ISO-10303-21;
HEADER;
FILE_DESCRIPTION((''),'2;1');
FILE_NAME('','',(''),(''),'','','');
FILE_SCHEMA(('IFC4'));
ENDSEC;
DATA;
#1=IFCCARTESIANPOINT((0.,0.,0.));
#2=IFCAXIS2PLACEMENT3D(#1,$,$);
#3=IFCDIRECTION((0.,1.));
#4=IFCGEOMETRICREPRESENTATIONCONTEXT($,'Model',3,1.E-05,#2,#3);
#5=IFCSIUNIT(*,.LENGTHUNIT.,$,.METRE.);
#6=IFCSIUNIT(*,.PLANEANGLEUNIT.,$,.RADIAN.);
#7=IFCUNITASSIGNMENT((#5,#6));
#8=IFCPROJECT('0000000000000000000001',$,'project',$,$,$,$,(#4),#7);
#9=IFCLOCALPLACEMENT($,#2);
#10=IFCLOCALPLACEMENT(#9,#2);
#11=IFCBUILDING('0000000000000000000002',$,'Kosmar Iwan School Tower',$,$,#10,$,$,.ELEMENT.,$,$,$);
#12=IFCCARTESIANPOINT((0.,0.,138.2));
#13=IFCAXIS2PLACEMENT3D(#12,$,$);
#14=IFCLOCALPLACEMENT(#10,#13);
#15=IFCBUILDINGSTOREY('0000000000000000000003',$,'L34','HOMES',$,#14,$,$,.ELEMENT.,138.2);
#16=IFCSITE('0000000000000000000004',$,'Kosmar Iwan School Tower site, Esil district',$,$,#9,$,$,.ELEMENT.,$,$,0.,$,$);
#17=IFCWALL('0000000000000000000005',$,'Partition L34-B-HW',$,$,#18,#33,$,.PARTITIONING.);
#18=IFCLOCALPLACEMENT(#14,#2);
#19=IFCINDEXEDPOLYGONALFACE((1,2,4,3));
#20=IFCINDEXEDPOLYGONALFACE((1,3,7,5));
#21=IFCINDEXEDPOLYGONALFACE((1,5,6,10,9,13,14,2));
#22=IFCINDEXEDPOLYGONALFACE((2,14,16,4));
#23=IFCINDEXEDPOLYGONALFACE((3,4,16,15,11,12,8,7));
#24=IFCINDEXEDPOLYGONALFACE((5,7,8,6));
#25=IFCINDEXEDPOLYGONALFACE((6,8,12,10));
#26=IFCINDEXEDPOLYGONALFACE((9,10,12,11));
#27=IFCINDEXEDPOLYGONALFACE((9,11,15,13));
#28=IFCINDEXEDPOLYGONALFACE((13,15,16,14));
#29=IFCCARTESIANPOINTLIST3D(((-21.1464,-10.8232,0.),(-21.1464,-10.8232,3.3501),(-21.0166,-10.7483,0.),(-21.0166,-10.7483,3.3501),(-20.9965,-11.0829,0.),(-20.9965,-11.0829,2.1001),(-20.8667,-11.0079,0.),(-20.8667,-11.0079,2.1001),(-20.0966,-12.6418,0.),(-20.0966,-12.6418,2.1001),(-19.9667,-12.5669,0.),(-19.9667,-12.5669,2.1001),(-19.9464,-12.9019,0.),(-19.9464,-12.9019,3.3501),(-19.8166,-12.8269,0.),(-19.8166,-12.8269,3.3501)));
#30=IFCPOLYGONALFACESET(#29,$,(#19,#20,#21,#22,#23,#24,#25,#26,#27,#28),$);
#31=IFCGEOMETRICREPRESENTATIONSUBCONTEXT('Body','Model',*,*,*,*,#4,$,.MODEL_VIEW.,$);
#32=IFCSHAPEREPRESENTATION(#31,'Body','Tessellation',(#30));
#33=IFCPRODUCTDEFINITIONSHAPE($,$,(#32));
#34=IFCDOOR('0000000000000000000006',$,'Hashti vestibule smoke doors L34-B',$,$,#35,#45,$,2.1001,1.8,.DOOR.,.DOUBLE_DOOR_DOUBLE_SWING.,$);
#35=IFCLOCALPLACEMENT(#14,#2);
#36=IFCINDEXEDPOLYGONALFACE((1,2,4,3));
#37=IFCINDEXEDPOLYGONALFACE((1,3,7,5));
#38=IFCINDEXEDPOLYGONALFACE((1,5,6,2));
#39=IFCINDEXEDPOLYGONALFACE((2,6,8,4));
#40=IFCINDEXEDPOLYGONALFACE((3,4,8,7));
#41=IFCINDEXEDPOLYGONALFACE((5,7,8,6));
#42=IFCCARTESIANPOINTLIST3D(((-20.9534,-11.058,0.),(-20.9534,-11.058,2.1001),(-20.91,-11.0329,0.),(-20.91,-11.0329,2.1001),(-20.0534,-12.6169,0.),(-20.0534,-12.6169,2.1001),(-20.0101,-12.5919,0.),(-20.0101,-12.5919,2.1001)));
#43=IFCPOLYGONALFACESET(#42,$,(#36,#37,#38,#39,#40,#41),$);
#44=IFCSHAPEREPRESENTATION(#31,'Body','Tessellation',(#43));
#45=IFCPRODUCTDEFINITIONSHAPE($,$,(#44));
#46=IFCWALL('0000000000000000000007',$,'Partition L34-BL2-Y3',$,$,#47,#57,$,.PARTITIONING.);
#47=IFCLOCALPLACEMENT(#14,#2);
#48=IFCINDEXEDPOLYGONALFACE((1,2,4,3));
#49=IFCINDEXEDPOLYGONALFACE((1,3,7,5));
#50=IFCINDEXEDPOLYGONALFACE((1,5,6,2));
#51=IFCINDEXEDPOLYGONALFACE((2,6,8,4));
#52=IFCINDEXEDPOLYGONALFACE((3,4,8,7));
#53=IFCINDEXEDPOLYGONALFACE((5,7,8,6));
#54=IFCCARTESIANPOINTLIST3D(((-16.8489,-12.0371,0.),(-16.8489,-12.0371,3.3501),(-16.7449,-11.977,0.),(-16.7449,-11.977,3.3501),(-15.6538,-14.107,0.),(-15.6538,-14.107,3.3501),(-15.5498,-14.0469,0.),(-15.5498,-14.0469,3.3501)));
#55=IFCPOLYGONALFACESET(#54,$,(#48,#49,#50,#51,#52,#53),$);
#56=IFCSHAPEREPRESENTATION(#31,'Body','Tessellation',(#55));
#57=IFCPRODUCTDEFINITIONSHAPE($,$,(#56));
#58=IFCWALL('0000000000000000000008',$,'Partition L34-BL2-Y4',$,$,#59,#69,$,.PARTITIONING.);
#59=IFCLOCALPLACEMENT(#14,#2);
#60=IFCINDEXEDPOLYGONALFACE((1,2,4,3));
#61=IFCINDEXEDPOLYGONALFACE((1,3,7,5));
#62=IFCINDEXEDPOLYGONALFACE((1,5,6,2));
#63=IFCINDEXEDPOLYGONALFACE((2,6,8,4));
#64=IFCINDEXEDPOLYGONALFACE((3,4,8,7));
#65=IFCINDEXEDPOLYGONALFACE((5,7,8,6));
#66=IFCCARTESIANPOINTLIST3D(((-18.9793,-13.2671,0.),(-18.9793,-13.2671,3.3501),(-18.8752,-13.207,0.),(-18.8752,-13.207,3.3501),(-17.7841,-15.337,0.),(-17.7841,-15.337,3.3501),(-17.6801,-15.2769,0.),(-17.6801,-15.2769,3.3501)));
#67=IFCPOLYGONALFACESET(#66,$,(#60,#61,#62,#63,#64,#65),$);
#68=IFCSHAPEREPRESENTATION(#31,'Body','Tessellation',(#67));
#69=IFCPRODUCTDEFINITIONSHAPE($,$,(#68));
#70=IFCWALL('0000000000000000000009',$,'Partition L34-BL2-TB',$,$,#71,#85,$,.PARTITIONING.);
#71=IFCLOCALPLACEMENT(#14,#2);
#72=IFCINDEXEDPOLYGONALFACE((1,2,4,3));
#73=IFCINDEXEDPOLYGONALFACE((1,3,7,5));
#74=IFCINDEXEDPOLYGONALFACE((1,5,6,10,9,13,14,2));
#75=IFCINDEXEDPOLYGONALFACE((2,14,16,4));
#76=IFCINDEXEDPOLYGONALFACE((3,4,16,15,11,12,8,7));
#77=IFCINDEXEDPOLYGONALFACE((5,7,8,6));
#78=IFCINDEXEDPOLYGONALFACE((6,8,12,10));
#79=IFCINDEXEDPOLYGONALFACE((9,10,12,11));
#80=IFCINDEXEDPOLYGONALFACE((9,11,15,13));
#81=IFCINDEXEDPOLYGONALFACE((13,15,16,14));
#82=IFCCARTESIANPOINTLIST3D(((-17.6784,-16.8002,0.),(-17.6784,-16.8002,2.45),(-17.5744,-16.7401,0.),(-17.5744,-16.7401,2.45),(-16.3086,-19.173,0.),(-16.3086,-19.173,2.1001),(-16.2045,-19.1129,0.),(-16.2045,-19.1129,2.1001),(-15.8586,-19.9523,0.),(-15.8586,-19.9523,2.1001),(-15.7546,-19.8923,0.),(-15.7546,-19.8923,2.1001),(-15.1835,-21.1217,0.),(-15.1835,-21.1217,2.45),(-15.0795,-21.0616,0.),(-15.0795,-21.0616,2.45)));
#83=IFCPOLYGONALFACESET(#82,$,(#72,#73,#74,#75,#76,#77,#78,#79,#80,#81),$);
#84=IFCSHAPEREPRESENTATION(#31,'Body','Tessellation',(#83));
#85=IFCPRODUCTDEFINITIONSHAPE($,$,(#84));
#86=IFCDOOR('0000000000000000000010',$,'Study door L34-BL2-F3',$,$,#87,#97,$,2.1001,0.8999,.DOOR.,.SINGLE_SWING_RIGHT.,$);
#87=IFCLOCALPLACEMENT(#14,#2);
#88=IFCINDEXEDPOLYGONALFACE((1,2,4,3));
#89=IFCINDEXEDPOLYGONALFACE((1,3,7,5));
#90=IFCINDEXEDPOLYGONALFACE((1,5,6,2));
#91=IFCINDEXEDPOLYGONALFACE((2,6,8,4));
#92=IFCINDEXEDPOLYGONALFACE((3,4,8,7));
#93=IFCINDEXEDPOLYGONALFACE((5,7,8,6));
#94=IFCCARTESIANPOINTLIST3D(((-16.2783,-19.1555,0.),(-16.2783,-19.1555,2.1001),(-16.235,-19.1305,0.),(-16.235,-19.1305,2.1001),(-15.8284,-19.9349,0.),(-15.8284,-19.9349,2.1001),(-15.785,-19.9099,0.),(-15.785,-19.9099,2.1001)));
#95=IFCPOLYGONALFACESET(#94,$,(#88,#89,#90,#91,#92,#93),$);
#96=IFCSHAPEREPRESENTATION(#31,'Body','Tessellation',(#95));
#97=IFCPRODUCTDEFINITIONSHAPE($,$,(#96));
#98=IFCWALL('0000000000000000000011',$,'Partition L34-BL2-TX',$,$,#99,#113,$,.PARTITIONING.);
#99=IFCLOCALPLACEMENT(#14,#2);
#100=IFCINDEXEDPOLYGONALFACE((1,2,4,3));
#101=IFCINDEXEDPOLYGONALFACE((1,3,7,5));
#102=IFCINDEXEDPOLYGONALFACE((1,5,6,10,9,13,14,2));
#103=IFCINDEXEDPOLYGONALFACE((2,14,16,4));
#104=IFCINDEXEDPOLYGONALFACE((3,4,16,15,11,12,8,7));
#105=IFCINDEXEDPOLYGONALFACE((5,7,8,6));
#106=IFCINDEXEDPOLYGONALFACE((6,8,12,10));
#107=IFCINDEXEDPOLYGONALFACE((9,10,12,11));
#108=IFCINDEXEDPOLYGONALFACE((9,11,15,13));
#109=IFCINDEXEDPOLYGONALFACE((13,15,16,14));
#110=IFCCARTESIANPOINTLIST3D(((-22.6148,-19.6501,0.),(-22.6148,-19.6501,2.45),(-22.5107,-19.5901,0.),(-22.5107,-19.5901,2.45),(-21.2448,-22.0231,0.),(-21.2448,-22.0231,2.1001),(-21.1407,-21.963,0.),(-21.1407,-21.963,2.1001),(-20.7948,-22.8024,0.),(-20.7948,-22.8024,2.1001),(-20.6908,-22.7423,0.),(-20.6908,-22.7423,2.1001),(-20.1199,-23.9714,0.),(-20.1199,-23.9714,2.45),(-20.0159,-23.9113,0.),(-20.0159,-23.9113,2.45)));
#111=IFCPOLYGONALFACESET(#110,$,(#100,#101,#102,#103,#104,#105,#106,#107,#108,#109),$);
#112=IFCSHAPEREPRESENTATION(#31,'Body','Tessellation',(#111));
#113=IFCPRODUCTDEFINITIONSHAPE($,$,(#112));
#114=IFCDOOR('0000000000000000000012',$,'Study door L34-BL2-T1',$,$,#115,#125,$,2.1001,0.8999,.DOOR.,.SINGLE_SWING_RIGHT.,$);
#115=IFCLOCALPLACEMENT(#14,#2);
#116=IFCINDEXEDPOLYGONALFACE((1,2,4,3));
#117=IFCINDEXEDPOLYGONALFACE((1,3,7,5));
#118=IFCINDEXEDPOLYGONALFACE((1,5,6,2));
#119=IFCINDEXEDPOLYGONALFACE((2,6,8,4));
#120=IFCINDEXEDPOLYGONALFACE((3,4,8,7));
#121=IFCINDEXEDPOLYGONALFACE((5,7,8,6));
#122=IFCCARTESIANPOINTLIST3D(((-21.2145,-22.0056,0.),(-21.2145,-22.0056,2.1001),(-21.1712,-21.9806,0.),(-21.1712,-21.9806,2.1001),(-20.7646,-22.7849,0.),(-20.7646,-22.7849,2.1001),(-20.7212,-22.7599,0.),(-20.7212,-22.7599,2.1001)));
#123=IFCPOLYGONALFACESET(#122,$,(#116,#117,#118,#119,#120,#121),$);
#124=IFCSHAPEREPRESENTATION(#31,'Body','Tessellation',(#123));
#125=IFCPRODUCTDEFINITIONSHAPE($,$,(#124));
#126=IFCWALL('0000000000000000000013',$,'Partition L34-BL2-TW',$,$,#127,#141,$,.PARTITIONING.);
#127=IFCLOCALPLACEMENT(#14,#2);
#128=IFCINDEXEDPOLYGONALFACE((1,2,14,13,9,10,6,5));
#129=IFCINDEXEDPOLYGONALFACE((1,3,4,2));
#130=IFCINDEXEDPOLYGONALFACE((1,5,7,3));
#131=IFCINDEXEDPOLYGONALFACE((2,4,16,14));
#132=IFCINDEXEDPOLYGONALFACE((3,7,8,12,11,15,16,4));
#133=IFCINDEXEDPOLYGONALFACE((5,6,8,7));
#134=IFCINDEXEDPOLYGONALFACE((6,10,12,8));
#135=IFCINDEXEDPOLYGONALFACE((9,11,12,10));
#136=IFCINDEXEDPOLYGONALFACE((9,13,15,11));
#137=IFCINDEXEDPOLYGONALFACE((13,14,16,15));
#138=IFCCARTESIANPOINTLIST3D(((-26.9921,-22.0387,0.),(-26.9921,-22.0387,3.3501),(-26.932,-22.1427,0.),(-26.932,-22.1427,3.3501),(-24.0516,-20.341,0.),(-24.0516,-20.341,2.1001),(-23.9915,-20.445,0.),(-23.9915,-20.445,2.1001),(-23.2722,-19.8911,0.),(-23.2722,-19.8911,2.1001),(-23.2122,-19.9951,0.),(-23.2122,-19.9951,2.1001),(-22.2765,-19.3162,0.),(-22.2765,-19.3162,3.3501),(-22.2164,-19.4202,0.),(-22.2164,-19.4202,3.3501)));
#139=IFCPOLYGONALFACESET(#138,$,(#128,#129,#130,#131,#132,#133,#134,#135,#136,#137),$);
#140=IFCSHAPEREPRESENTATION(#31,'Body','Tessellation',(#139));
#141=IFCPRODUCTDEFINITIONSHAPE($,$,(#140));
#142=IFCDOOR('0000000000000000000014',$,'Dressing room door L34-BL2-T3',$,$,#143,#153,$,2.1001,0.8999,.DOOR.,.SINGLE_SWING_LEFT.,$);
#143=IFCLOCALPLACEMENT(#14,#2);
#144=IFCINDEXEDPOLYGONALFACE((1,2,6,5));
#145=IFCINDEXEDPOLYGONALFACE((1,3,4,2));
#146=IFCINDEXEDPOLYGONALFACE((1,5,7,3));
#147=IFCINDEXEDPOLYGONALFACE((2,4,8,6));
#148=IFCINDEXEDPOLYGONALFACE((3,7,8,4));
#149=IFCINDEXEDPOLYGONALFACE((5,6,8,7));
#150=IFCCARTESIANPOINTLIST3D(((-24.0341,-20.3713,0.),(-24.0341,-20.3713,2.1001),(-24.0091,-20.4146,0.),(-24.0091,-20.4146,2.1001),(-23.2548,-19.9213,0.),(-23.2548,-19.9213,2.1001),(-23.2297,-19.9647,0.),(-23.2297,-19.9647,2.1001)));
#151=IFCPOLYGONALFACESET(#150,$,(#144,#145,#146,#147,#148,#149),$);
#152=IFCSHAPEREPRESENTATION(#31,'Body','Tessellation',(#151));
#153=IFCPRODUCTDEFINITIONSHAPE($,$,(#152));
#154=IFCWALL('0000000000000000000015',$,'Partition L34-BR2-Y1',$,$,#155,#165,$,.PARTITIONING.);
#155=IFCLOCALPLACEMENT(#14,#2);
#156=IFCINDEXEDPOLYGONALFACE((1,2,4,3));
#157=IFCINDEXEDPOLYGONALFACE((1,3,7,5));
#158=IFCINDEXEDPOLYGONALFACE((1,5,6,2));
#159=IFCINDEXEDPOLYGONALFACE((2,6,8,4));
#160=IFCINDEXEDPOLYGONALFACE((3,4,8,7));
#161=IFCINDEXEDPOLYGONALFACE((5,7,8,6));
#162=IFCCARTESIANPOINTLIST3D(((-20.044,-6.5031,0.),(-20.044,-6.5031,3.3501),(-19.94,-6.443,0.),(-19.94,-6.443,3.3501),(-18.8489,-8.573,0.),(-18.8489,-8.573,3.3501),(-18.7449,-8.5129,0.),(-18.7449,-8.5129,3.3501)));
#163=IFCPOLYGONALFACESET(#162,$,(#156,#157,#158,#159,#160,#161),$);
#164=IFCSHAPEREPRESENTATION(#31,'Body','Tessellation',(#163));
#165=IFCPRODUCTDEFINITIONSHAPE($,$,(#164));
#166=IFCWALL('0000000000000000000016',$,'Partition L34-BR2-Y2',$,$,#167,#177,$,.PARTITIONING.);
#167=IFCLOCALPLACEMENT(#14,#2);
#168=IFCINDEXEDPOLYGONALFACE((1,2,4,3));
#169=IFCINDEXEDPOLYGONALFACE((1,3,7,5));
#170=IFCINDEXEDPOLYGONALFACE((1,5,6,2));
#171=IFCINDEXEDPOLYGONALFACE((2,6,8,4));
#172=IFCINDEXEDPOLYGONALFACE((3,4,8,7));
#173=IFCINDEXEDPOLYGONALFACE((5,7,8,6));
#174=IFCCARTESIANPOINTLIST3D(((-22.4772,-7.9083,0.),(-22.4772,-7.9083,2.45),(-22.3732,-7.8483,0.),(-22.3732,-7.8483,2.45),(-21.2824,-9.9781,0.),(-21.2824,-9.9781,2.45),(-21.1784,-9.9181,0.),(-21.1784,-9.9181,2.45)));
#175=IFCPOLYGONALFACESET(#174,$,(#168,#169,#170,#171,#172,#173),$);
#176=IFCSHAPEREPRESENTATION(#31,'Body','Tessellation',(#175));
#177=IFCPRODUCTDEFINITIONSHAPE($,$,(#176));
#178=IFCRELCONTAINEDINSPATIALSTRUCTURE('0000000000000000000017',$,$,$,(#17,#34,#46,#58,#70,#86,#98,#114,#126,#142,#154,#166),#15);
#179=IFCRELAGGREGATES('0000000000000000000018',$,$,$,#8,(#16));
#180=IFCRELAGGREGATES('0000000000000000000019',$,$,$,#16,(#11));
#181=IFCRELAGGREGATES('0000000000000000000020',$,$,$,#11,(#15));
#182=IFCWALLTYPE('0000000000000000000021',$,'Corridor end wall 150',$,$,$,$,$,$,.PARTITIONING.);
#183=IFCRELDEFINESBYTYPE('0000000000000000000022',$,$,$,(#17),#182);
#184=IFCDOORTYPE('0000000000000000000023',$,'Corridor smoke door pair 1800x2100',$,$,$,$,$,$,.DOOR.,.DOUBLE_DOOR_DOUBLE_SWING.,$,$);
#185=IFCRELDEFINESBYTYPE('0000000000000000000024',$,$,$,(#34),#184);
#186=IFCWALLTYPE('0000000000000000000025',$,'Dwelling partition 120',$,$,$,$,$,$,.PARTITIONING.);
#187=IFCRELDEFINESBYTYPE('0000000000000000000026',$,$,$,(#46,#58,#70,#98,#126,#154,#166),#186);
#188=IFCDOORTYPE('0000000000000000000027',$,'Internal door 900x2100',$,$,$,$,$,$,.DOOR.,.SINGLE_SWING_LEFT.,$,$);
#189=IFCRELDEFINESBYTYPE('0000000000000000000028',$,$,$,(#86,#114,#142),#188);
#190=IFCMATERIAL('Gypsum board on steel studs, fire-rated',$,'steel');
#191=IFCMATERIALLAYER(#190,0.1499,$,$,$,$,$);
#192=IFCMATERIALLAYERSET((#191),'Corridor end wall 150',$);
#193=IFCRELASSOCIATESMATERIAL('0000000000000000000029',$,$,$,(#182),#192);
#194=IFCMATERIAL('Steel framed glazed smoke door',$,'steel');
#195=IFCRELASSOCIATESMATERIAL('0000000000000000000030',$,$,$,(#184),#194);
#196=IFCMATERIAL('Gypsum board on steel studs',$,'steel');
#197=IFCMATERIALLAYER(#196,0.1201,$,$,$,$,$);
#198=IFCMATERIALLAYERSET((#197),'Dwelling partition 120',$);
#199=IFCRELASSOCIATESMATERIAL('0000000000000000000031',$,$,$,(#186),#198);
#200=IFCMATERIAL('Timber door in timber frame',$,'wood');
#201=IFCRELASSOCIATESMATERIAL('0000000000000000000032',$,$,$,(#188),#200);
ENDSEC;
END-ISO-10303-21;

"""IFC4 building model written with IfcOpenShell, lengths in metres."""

from ifc_helpers import new_model, si_unit, direction, frame, frame_2d, origin, place, context, subcontext, project, spatial, rectangle, extrude, material, layer, layer_set, type_object, element, fill, save


model = new_model("IFC4")

# Units and contexts
model_context = context("Model", 3, precision=1e-05, world=origin(), true_north=direction((0.0, 1.0)))
body_context = subcontext(model_context, "Body", "Model", "MODEL_VIEW")
ifc_project = project(units=[si_unit("LENGTHUNIT", "METRE"), si_unit("PLANEANGLEUNIT", "RADIAN")], contexts=[model_context])

# Site, building, storey
site_placement = place(None, origin())
site = spatial("IfcSite", under=ifc_project, at=site_placement, Name="Kosmar Iwan School Tower site, Esil district", CompositionType="ELEMENT", RefElevation=0.0)
building_placement = place(site_placement, origin())
building = spatial("IfcBuilding", under=site, at=building_placement, Name="Kosmar Iwan School Tower", CompositionType="ELEMENT")
storey_placement = place(building_placement, frame((0.0, 0.0, 138.2)))
storey = spatial("IfcBuildingStorey", under=building, at=storey_placement, Name="L34", Description="HOMES", CompositionType="ELEMENT", Elevation=138.2)

# Wall, opening, door
ifc_material_1 = material(Name="Gypsum board on steel studs, fire-rated", Category="steel")
ifc_layer_1 = layer(ifc_material_1, 0.1499)
ifc_layer_set_1 = layer_set([ifc_layer_1], Name="Corridor end wall 150")
wall_type_1 = type_object("IfcWallType", Name="Corridor end wall 150", PredefinedType="PARTITIONING", material=ifc_layer_set_1)
wall_1_placement = place(storey_placement, frame((-21.0815, -10.7856, 0.0), z_axis=(0.0, 0.0, 1.0), x_axis=(0.499957, -0.86605, 0.0)))
wall_1 = element("IfcWall", 1, at=wall_1_placement, inside=storey, type_object=wall_type_1, Name="Partition L34-B-HW", PredefinedType="PARTITIONING", context=body_context, shape_type="SweptSolid", body=[
    extrude(rectangle(XDim=2.4001, YDim=0.1499, at=frame_2d((1.2002, 0.0))), origin(), (0.0, 0.0, 1.0), 3.3501),
])
opening_1_placement = place(wall_1_placement, frame((0.3, 0.0, 0.0)))
opening_1 = element("IfcOpeningElement", 2, at=opening_1_placement, cuts=wall_1, PredefinedType="OPENING", context=body_context, shape_type="SweptSolid", body=[
    extrude(rectangle(XDim=1.8, YDim=2.1001, at=frame_2d((0.8999, 1.05))), frame((0.0, 0.0869, 0.0), z_axis=(0.0, -1.0, 0.0), x_axis=(1.0, 0.0, 0.0)), (0.0, 0.0, 1.0), 0.1738),
])
ifc_material_2 = material(Name="Steel framed glazed smoke door", Category="steel")
door_type_1 = type_object("IfcDoorType", Name="Corridor smoke door pair 1800x2100", OperationType="DOUBLE_DOOR_DOUBLE_SWING", PredefinedType="DOOR", material=ifc_material_2)
door_1_placement = place(opening_1_placement, origin())
door_1 = element("IfcDoor", 3, at=door_1_placement, inside=storey, type_object=door_type_1, Name="Hashti vestibule smoke doors L34-B", OperationType="DOUBLE_DOOR_DOUBLE_SWING", OverallHeight=2.1001, OverallWidth=1.8, PredefinedType="DOOR", context=body_context, shape_type="SweptSolid", body=[
    extrude(rectangle(XDim=1.8, YDim=2.1001, at=frame_2d((0.8999, 1.05))), frame((0.0, 0.0249, 0.0), z_axis=(0.0, -1.0, 0.0), x_axis=(1.0, 0.0, 0.0)), (0.0, 0.0, 1.0), 0.05),
])
fill(opening_1, door_1)

# Walls
ifc_material_3 = material(Name="Gypsum board on steel studs", Category="steel")
ifc_layer_2 = layer(ifc_material_3, 0.1201)
ifc_layer_set_2 = layer_set([ifc_layer_2], Name="Dwelling partition 120")
wall_type_2 = type_object("IfcWallType", Name="Dwelling partition 120", PredefinedType="PARTITIONING", material=ifc_layer_set_2)
for number, where, z_axis, x_axis, name in (
    (4, (-16.7969, -12.0071, 0.0), (0.0, 0.0, 1.0), (0.500017, -0.866015, 0.0), "Partition L34-BL2-Y3"),
    (5, (-18.9272, -13.2371, 0.0), (0.0, 0.0, 1.0), (0.500017, -0.866015, 0.0), "Partition L34-BL2-Y4"),
):
    element("IfcWall", number, at=place(storey_placement, frame(where, z_axis=z_axis, x_axis=x_axis)), inside=storey, type_object=wall_type_2, Name=name, PredefinedType="PARTITIONING", context=body_context, shape_type="SweptSolid", body=[
        extrude(rectangle(XDim=2.3901, YDim=0.1201, at=frame_2d((1.1951, 0.0))), origin(), (0.0, 0.0, 1.0), 3.3501),
    ])

# Walls, openings, doors
wall_2_placement = place(storey_placement, frame((-17.6265, -16.77, 0.0), z_axis=(0.0, 0.0, 1.0), x_axis=(0.499975, -0.86604, 0.0)))
wall_2 = element("IfcWall", 6, at=wall_2_placement, inside=storey, type_object=wall_type_2, Name="Partition L34-BL2-TB", PredefinedType="PARTITIONING", context=body_context, shape_type="SweptSolid", body=[
    extrude(rectangle(XDim=4.99, YDim=0.1201, at=frame_2d((2.4951, 0.0))), origin(), (0.0, 0.0, 1.0), 2.45),
])
opening_2_placement = place(wall_2_placement, frame((2.74, 0.0, 0.0)))
opening_2 = element("IfcOpeningElement", 7, at=opening_2_placement, cuts=wall_2, PredefinedType="OPENING", context=body_context, shape_type="SweptSolid", body=[
    extrude(rectangle(XDim=0.8999, YDim=2.1001, at=frame_2d((0.45, 1.05))), frame((0.0, 0.072, 0.0), z_axis=(0.0, -1.0, 0.0), x_axis=(1.0, 0.0, 0.0)), (0.0, 0.0, 1.0), 0.144),
])
ifc_material_4 = material(Name="Timber door in timber frame", Category="wood")
door_type_2 = type_object("IfcDoorType", Name="Internal door 900x2100", OperationType="SINGLE_SWING_LEFT", PredefinedType="DOOR", material=ifc_material_4)
door_2_placement = place(opening_2_placement, origin())
door_2 = element("IfcDoor", 8, at=door_2_placement, inside=storey, type_object=door_type_2, Name="Study door L34-BL2-F3", OperationType="SINGLE_SWING_RIGHT", OverallHeight=2.1001, OverallWidth=0.8999, PredefinedType="DOOR", context=body_context, shape_type="SweptSolid", body=[
    extrude(rectangle(XDim=0.8999, YDim=2.1001, at=frame_2d((0.45, 1.05))), frame((0.0, 0.0249, 0.0), z_axis=(0.0, -1.0, 0.0), x_axis=(1.0, 0.0, 0.0)), (0.0, 0.0, 1.0), 0.05),
])
fill(opening_2, door_2)
wall_3_placement = place(storey_placement, frame((-22.5627, -19.6201, 0.0), z_axis=(0.0, 0.0, 1.0), x_axis=(0.499996, -0.866028, 0.0)))
wall_3 = element("IfcWall", 9, at=wall_3_placement, inside=storey, type_object=wall_type_2, Name="Partition L34-BL2-TX", PredefinedType="PARTITIONING", context=body_context, shape_type="SweptSolid", body=[
    extrude(rectangle(XDim=4.9897, YDim=0.1201, at=frame_2d((2.4949, 0.0))), origin(), (0.0, 0.0, 1.0), 2.45),
])
opening_3_placement = place(wall_3_placement, frame((2.74, 0.0, 0.0)))
opening_3 = element("IfcOpeningElement", 10, at=opening_3_placement, cuts=wall_3, PredefinedType="OPENING", context=body_context, shape_type="SweptSolid", body=[
    extrude(rectangle(XDim=0.8999, YDim=2.1001, at=frame_2d((0.45, 1.05))), frame((0.0, 0.072, 0.0), z_axis=(0.0, -1.0, 0.0), x_axis=(1.0, 0.0, 0.0)), (0.0, 0.0, 1.0), 0.144),
])
door_3_placement = place(opening_3_placement, origin())
door_3 = element("IfcDoor", 11, at=door_3_placement, inside=storey, type_object=door_type_2, Name="Study door L34-BL2-T1", OperationType="SINGLE_SWING_RIGHT", OverallHeight=2.1001, OverallWidth=0.8999, PredefinedType="DOOR", context=body_context, shape_type="SweptSolid", body=[
    extrude(rectangle(XDim=0.8999, YDim=2.1001, at=frame_2d((0.45, 1.05))), frame((0.0, 0.0249, 0.0), z_axis=(0.0, -1.0, 0.0), x_axis=(1.0, 0.0, 0.0)), (0.0, 0.0, 1.0), 0.05),
])
fill(opening_3, door_3)
wall_4_placement = place(storey_placement, frame((-22.2463, -19.3682, 0.0), z_axis=(0.0, 0.0, 1.0), x_axis=(-0.866036, -0.499982, 0.0)))
wall_4 = element("IfcWall", 12, at=wall_4_placement, inside=storey, type_object=wall_type_2, Name="Partition L34-BL2-TW", PredefinedType="PARTITIONING", context=body_context, shape_type="SweptSolid", body=[
    extrude(rectangle(XDim=5.4451, YDim=0.1201, at=frame_2d((2.7227, 0.0))), origin(), (0.0, 0.0, 1.0), 3.3501),
])
opening_4_placement = place(wall_4_placement, frame((1.1499, 0.0, 0.0)))
opening_4 = element("IfcOpeningElement", 13, at=opening_4_placement, cuts=wall_4, PredefinedType="OPENING", context=body_context, shape_type="SweptSolid", body=[
    extrude(rectangle(XDim=0.8999, YDim=2.1001, at=frame_2d((0.45, 1.05))), frame((0.0, 0.072, 0.0), z_axis=(0.0, -1.0, 0.0), x_axis=(1.0, 0.0, 0.0)), (0.0, 0.0, 1.0), 0.144),
])
door_4_placement = place(opening_4_placement, origin())
door_4 = element("IfcDoor", 14, at=door_4_placement, inside=storey, type_object=door_type_2, Name="Dressing room door L34-BL2-T3", OperationType="SINGLE_SWING_LEFT", OverallHeight=2.1001, OverallWidth=0.8999, PredefinedType="DOOR", context=body_context, shape_type="SweptSolid", body=[
    extrude(rectangle(XDim=0.8999, YDim=2.1001, at=frame_2d((0.45, 1.05))), frame((0.0, 0.0249, 0.0), z_axis=(0.0, -1.0, 0.0), x_axis=(1.0, 0.0, 0.0)), (0.0, 0.0, 1.0), 0.05),
])
fill(opening_4, door_4)

# Walls
wall_5_placement = place(storey_placement, frame((-18.7969, -8.543, 0.0), z_axis=(0.0, 0.0, 1.0), x_axis=(-0.500017, 0.866015, 0.0)))
element("IfcWall", 15, at=wall_5_placement, inside=storey, type_object=wall_type_2, Name="Partition L34-BR2-Y1", PredefinedType="PARTITIONING", context=body_context, shape_type="SweptSolid", body=[
    extrude(rectangle(XDim=2.3901, YDim=0.1201, at=frame_2d((1.1951, 0.0))), origin(), (0.0, 0.0, 1.0), 3.3501),
])
wall_6_placement = place(storey_placement, frame((-21.2305, -9.948, 0.0), z_axis=(0.0, 0.0, 1.0), x_axis=(-0.499941, 0.86606, 0.0)))
element("IfcWall", 16, at=wall_6_placement, inside=storey, type_object=wall_type_2, Name="Partition L34-BR2-Y2", PredefinedType="PARTITIONING", context=body_context, shape_type="SweptSolid", body=[
    extrude(rectangle(XDim=2.3899, YDim=0.1201, at=frame_2d((1.1948, 0.0))), origin(), (0.0, 0.0, 1.0), 2.45),
])

save(model, "model.ifc")
